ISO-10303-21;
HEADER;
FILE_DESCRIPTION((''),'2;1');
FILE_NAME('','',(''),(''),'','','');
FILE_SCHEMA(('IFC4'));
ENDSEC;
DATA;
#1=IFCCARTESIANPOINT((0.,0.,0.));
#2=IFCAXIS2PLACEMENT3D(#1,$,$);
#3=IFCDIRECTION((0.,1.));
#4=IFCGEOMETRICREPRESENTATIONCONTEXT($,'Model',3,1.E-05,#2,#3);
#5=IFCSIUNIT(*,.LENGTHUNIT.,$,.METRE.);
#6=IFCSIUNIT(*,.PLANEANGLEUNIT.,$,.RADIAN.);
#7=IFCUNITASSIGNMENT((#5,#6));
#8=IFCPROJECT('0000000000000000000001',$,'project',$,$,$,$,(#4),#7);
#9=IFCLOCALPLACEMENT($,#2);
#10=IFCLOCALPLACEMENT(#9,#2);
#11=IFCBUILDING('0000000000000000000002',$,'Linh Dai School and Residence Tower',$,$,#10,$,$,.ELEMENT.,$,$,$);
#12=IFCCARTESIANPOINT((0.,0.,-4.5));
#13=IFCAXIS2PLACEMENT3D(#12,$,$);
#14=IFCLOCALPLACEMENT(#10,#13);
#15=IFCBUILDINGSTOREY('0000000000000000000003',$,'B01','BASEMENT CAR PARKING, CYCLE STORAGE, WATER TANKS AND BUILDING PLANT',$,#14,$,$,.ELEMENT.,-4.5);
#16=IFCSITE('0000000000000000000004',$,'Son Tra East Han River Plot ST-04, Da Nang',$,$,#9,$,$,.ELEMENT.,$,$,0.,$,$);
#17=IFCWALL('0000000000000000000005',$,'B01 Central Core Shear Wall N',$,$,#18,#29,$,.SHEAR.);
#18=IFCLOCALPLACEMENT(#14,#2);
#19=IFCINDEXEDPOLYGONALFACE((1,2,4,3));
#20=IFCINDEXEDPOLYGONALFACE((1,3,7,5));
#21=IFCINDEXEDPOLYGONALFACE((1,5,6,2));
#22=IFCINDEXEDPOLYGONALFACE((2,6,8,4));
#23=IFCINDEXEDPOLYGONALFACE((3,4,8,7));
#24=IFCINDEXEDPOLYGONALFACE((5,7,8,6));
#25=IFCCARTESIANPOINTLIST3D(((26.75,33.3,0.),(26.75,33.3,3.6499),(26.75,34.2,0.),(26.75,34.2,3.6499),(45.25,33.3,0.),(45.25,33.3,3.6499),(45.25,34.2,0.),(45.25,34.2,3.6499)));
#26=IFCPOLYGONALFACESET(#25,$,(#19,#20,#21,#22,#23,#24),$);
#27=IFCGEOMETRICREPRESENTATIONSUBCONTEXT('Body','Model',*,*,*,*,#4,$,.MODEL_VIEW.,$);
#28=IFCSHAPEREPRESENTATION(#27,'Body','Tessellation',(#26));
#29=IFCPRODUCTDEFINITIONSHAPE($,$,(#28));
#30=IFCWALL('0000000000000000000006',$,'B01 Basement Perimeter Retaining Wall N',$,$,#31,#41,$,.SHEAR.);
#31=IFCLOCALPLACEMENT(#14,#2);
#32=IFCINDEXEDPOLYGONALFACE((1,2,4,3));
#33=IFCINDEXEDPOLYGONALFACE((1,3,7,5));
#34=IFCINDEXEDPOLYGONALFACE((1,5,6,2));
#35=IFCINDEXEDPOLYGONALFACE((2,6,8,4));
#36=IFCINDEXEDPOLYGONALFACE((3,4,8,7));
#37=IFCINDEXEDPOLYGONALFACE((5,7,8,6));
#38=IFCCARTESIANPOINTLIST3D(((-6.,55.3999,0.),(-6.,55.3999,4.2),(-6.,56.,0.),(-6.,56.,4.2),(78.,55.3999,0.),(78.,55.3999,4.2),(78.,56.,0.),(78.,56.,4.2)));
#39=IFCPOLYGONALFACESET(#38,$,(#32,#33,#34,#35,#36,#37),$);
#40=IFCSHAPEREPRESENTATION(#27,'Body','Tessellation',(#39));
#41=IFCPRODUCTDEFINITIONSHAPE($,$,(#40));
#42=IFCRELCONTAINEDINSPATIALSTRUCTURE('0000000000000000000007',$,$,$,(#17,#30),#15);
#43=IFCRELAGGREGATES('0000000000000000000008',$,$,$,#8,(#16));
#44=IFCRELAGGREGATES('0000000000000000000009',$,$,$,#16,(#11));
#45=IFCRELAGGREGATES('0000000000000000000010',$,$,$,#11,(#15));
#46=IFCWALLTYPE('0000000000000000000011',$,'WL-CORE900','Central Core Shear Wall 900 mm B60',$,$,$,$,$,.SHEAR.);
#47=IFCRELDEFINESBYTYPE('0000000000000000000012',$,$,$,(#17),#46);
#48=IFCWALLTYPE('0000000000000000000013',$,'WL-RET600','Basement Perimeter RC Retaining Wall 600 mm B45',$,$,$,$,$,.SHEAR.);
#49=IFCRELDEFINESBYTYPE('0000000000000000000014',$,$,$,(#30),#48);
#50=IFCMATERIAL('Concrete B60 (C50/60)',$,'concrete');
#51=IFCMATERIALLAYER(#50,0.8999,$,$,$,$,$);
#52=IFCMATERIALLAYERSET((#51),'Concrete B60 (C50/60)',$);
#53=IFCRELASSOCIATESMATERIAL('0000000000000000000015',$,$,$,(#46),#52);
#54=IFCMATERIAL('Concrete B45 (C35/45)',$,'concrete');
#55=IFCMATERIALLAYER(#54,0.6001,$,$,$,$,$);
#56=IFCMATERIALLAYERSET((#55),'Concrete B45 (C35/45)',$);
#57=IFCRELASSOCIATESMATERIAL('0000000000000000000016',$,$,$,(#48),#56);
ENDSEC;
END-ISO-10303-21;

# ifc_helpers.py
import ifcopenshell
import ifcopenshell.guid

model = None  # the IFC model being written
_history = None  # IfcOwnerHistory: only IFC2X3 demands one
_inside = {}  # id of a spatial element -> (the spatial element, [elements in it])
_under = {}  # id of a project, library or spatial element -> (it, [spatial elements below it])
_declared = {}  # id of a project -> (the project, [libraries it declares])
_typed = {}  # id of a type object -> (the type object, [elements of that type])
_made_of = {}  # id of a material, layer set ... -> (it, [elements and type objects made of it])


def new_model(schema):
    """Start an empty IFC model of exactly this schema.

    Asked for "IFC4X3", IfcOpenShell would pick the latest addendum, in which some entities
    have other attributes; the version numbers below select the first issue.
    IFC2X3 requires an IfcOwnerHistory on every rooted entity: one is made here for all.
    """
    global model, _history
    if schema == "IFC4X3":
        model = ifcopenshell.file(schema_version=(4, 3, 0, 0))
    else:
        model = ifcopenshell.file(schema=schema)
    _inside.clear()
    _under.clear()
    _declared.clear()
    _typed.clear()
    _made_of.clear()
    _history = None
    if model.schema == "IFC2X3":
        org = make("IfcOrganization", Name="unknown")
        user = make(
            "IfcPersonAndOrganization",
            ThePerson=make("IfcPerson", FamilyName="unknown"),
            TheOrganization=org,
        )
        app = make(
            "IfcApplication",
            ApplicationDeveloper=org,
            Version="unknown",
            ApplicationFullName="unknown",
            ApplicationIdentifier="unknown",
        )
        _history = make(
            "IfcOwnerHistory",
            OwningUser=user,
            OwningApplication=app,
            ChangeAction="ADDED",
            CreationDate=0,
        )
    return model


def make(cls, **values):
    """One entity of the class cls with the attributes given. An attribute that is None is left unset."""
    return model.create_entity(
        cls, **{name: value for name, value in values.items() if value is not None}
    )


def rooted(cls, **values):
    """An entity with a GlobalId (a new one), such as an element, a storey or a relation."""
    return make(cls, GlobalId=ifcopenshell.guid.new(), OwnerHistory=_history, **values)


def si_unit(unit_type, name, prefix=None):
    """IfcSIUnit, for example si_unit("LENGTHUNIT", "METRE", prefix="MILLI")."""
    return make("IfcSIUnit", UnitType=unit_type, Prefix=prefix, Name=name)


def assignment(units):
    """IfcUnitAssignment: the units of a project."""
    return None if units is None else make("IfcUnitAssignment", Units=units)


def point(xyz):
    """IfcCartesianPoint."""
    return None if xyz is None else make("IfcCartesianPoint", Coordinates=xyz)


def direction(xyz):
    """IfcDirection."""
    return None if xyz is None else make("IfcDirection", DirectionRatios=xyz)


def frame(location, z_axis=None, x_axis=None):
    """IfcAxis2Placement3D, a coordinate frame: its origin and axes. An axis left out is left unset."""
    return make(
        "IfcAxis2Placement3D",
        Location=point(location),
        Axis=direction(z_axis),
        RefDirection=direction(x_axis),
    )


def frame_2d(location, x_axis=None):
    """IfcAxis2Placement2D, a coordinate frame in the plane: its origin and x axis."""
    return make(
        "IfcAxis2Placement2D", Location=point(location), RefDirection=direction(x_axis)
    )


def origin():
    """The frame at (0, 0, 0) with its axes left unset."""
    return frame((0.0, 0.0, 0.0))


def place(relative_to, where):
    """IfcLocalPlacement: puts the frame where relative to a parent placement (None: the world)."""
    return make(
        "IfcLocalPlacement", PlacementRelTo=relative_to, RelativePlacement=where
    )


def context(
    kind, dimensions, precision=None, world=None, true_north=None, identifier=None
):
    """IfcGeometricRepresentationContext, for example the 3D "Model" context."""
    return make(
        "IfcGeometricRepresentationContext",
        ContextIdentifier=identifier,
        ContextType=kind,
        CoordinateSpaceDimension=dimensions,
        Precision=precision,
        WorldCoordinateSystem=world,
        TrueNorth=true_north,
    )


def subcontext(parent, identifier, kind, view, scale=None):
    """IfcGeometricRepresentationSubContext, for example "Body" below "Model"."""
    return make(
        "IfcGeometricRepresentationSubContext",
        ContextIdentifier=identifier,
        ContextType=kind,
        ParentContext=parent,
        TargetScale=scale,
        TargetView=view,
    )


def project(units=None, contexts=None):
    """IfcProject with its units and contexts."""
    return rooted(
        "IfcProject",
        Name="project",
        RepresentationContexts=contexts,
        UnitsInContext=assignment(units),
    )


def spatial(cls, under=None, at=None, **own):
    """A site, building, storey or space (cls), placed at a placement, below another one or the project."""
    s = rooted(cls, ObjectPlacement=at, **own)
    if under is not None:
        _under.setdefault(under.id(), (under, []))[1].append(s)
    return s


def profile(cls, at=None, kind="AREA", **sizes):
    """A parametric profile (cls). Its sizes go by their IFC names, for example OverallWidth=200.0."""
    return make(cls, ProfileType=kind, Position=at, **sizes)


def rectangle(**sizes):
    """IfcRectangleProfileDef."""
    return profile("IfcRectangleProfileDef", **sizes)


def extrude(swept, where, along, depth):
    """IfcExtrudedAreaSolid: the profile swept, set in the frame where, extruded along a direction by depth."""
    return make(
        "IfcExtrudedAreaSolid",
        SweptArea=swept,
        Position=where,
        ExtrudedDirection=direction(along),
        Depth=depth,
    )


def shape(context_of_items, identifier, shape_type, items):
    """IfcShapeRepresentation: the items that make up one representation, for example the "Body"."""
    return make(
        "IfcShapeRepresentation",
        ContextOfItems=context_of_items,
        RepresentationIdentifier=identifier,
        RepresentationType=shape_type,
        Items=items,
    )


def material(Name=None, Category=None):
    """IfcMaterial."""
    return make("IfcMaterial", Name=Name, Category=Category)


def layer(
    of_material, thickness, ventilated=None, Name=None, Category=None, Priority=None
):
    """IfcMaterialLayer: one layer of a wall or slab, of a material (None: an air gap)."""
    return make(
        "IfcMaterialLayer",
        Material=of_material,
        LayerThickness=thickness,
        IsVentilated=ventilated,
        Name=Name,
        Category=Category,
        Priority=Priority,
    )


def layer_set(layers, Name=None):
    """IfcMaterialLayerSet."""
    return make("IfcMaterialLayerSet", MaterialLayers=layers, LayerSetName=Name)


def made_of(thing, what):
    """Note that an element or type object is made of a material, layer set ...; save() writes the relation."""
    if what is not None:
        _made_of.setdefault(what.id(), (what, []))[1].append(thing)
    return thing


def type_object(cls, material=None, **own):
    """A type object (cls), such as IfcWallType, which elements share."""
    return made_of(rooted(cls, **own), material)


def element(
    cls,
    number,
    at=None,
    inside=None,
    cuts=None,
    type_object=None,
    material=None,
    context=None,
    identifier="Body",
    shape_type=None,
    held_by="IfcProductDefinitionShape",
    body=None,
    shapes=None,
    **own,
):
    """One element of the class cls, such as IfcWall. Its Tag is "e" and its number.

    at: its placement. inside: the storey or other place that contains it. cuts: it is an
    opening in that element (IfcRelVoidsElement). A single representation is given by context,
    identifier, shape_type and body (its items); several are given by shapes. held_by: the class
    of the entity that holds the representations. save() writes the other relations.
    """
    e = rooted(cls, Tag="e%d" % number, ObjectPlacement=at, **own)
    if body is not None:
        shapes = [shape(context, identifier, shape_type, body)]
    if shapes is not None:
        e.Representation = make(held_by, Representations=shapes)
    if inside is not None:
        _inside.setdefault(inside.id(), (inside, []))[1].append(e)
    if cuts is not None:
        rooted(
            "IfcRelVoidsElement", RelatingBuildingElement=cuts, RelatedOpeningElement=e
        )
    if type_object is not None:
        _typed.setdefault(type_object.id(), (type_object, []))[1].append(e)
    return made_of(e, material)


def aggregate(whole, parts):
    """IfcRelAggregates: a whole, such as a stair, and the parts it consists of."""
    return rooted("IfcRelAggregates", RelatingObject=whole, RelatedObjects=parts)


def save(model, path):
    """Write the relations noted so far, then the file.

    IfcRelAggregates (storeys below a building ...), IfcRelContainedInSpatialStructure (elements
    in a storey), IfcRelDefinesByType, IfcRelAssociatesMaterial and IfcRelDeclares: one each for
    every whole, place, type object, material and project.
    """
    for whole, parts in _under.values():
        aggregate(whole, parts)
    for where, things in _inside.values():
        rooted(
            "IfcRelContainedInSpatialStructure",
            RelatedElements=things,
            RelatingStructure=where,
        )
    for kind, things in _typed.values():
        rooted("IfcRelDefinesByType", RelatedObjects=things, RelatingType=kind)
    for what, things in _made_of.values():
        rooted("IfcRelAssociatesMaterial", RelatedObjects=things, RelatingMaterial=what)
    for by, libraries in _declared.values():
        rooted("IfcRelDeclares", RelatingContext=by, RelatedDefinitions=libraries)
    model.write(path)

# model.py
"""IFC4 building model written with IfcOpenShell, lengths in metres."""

from ifc_helpers import new_model, si_unit, direction, frame, frame_2d, origin, place, context, subcontext, project, spatial, rectangle, extrude, material, layer, layer_set, type_object, element, save


model = new_model("IFC4")

# Units and contexts
model_context = context("Model", 3, precision=1e-05, world=origin(), true_north=direction((0.0, 1.0)))
body_context = subcontext(model_context, "Body", "Model", "MODEL_VIEW")
ifc_project = project(units=[si_unit("LENGTHUNIT", "METRE"), si_unit("PLANEANGLEUNIT", "RADIAN")], contexts=[model_context])

# Site, building, storey
site_placement = place(None, origin())
site = spatial("IfcSite", under=ifc_project, at=site_placement, Name="Son Tra East Han River Plot ST-04, Da Nang", CompositionType="ELEMENT", RefElevation=0.0)
building_placement = place(site_placement, origin())
building = spatial("IfcBuilding", under=site, at=building_placement, Name="Linh Dai School and Residence Tower", CompositionType="ELEMENT")
storey_placement = place(building_placement, frame((0.0, 0.0, -4.5)))
storey = spatial("IfcBuildingStorey", under=building, at=storey_placement, Name="B01", Description="BASEMENT CAR PARKING, CYCLE STORAGE, WATER TANKS AND BUILDING PLANT", CompositionType="ELEMENT", Elevation=-4.5)

# Shared definitions
ifc_material_1 = material(Name="Concrete B60 (C50/60)", Category="concrete")

# Shared definitions
ifc_material_2 = material(Name="Concrete B45 (C35/45)", Category="concrete")

# Walls
ifc_layer_1 = layer(ifc_material_1, 0.8999)
ifc_layer_set_1 = layer_set([ifc_layer_1], Name="Concrete B60 (C50/60)")
wall_type_1 = type_object("IfcWallType", Name="WL-CORE900", Description="Central Core Shear Wall 900 mm B60", PredefinedType="SHEAR", material=ifc_layer_set_1)
wall_1_placement = place(storey_placement, frame((26.75, 33.75, 0.0), z_axis=(0.0, 0.0, 1.0), x_axis=(1.0, 0.0, 0.0)))
element("IfcWall", 1, at=wall_1_placement, inside=storey, type_object=wall_type_1, Name="B01 Central Core Shear Wall N", PredefinedType="SHEAR", context=body_context, shape_type="SweptSolid", body=[
    extrude(rectangle(XDim=18.5, YDim=0.8999, at=frame_2d((9.25, 0.0))), origin(), (0.0, 0.0, 1.0), 3.6499),
])
ifc_layer_2 = layer(ifc_material_2, 0.6001)
ifc_layer_set_2 = layer_set([ifc_layer_2], Name="Concrete B45 (C35/45)")
wall_type_2 = type_object("IfcWallType", Name="WL-RET600", Description="Basement Perimeter RC Retaining Wall 600 mm B45", PredefinedType="SHEAR", material=ifc_layer_set_2)
wall_2_placement = place(storey_placement, frame((-6.0, 55.7, 0.0), z_axis=(0.0, 0.0, 1.0), x_axis=(1.0, 0.0, 0.0)))
element("IfcWall", 2, at=wall_2_placement, inside=storey, type_object=wall_type_2, Name="B01 Basement Perimeter Retaining Wall N", PredefinedType="SHEAR", context=body_context, shape_type="SweptSolid", body=[
    extrude(rectangle(XDim=84.0, YDim=0.6001, at=frame_2d((42.0, 0.0))), origin(), (0.0, 0.0, 1.0), 4.2),
])

save(model, "model.ifc")
